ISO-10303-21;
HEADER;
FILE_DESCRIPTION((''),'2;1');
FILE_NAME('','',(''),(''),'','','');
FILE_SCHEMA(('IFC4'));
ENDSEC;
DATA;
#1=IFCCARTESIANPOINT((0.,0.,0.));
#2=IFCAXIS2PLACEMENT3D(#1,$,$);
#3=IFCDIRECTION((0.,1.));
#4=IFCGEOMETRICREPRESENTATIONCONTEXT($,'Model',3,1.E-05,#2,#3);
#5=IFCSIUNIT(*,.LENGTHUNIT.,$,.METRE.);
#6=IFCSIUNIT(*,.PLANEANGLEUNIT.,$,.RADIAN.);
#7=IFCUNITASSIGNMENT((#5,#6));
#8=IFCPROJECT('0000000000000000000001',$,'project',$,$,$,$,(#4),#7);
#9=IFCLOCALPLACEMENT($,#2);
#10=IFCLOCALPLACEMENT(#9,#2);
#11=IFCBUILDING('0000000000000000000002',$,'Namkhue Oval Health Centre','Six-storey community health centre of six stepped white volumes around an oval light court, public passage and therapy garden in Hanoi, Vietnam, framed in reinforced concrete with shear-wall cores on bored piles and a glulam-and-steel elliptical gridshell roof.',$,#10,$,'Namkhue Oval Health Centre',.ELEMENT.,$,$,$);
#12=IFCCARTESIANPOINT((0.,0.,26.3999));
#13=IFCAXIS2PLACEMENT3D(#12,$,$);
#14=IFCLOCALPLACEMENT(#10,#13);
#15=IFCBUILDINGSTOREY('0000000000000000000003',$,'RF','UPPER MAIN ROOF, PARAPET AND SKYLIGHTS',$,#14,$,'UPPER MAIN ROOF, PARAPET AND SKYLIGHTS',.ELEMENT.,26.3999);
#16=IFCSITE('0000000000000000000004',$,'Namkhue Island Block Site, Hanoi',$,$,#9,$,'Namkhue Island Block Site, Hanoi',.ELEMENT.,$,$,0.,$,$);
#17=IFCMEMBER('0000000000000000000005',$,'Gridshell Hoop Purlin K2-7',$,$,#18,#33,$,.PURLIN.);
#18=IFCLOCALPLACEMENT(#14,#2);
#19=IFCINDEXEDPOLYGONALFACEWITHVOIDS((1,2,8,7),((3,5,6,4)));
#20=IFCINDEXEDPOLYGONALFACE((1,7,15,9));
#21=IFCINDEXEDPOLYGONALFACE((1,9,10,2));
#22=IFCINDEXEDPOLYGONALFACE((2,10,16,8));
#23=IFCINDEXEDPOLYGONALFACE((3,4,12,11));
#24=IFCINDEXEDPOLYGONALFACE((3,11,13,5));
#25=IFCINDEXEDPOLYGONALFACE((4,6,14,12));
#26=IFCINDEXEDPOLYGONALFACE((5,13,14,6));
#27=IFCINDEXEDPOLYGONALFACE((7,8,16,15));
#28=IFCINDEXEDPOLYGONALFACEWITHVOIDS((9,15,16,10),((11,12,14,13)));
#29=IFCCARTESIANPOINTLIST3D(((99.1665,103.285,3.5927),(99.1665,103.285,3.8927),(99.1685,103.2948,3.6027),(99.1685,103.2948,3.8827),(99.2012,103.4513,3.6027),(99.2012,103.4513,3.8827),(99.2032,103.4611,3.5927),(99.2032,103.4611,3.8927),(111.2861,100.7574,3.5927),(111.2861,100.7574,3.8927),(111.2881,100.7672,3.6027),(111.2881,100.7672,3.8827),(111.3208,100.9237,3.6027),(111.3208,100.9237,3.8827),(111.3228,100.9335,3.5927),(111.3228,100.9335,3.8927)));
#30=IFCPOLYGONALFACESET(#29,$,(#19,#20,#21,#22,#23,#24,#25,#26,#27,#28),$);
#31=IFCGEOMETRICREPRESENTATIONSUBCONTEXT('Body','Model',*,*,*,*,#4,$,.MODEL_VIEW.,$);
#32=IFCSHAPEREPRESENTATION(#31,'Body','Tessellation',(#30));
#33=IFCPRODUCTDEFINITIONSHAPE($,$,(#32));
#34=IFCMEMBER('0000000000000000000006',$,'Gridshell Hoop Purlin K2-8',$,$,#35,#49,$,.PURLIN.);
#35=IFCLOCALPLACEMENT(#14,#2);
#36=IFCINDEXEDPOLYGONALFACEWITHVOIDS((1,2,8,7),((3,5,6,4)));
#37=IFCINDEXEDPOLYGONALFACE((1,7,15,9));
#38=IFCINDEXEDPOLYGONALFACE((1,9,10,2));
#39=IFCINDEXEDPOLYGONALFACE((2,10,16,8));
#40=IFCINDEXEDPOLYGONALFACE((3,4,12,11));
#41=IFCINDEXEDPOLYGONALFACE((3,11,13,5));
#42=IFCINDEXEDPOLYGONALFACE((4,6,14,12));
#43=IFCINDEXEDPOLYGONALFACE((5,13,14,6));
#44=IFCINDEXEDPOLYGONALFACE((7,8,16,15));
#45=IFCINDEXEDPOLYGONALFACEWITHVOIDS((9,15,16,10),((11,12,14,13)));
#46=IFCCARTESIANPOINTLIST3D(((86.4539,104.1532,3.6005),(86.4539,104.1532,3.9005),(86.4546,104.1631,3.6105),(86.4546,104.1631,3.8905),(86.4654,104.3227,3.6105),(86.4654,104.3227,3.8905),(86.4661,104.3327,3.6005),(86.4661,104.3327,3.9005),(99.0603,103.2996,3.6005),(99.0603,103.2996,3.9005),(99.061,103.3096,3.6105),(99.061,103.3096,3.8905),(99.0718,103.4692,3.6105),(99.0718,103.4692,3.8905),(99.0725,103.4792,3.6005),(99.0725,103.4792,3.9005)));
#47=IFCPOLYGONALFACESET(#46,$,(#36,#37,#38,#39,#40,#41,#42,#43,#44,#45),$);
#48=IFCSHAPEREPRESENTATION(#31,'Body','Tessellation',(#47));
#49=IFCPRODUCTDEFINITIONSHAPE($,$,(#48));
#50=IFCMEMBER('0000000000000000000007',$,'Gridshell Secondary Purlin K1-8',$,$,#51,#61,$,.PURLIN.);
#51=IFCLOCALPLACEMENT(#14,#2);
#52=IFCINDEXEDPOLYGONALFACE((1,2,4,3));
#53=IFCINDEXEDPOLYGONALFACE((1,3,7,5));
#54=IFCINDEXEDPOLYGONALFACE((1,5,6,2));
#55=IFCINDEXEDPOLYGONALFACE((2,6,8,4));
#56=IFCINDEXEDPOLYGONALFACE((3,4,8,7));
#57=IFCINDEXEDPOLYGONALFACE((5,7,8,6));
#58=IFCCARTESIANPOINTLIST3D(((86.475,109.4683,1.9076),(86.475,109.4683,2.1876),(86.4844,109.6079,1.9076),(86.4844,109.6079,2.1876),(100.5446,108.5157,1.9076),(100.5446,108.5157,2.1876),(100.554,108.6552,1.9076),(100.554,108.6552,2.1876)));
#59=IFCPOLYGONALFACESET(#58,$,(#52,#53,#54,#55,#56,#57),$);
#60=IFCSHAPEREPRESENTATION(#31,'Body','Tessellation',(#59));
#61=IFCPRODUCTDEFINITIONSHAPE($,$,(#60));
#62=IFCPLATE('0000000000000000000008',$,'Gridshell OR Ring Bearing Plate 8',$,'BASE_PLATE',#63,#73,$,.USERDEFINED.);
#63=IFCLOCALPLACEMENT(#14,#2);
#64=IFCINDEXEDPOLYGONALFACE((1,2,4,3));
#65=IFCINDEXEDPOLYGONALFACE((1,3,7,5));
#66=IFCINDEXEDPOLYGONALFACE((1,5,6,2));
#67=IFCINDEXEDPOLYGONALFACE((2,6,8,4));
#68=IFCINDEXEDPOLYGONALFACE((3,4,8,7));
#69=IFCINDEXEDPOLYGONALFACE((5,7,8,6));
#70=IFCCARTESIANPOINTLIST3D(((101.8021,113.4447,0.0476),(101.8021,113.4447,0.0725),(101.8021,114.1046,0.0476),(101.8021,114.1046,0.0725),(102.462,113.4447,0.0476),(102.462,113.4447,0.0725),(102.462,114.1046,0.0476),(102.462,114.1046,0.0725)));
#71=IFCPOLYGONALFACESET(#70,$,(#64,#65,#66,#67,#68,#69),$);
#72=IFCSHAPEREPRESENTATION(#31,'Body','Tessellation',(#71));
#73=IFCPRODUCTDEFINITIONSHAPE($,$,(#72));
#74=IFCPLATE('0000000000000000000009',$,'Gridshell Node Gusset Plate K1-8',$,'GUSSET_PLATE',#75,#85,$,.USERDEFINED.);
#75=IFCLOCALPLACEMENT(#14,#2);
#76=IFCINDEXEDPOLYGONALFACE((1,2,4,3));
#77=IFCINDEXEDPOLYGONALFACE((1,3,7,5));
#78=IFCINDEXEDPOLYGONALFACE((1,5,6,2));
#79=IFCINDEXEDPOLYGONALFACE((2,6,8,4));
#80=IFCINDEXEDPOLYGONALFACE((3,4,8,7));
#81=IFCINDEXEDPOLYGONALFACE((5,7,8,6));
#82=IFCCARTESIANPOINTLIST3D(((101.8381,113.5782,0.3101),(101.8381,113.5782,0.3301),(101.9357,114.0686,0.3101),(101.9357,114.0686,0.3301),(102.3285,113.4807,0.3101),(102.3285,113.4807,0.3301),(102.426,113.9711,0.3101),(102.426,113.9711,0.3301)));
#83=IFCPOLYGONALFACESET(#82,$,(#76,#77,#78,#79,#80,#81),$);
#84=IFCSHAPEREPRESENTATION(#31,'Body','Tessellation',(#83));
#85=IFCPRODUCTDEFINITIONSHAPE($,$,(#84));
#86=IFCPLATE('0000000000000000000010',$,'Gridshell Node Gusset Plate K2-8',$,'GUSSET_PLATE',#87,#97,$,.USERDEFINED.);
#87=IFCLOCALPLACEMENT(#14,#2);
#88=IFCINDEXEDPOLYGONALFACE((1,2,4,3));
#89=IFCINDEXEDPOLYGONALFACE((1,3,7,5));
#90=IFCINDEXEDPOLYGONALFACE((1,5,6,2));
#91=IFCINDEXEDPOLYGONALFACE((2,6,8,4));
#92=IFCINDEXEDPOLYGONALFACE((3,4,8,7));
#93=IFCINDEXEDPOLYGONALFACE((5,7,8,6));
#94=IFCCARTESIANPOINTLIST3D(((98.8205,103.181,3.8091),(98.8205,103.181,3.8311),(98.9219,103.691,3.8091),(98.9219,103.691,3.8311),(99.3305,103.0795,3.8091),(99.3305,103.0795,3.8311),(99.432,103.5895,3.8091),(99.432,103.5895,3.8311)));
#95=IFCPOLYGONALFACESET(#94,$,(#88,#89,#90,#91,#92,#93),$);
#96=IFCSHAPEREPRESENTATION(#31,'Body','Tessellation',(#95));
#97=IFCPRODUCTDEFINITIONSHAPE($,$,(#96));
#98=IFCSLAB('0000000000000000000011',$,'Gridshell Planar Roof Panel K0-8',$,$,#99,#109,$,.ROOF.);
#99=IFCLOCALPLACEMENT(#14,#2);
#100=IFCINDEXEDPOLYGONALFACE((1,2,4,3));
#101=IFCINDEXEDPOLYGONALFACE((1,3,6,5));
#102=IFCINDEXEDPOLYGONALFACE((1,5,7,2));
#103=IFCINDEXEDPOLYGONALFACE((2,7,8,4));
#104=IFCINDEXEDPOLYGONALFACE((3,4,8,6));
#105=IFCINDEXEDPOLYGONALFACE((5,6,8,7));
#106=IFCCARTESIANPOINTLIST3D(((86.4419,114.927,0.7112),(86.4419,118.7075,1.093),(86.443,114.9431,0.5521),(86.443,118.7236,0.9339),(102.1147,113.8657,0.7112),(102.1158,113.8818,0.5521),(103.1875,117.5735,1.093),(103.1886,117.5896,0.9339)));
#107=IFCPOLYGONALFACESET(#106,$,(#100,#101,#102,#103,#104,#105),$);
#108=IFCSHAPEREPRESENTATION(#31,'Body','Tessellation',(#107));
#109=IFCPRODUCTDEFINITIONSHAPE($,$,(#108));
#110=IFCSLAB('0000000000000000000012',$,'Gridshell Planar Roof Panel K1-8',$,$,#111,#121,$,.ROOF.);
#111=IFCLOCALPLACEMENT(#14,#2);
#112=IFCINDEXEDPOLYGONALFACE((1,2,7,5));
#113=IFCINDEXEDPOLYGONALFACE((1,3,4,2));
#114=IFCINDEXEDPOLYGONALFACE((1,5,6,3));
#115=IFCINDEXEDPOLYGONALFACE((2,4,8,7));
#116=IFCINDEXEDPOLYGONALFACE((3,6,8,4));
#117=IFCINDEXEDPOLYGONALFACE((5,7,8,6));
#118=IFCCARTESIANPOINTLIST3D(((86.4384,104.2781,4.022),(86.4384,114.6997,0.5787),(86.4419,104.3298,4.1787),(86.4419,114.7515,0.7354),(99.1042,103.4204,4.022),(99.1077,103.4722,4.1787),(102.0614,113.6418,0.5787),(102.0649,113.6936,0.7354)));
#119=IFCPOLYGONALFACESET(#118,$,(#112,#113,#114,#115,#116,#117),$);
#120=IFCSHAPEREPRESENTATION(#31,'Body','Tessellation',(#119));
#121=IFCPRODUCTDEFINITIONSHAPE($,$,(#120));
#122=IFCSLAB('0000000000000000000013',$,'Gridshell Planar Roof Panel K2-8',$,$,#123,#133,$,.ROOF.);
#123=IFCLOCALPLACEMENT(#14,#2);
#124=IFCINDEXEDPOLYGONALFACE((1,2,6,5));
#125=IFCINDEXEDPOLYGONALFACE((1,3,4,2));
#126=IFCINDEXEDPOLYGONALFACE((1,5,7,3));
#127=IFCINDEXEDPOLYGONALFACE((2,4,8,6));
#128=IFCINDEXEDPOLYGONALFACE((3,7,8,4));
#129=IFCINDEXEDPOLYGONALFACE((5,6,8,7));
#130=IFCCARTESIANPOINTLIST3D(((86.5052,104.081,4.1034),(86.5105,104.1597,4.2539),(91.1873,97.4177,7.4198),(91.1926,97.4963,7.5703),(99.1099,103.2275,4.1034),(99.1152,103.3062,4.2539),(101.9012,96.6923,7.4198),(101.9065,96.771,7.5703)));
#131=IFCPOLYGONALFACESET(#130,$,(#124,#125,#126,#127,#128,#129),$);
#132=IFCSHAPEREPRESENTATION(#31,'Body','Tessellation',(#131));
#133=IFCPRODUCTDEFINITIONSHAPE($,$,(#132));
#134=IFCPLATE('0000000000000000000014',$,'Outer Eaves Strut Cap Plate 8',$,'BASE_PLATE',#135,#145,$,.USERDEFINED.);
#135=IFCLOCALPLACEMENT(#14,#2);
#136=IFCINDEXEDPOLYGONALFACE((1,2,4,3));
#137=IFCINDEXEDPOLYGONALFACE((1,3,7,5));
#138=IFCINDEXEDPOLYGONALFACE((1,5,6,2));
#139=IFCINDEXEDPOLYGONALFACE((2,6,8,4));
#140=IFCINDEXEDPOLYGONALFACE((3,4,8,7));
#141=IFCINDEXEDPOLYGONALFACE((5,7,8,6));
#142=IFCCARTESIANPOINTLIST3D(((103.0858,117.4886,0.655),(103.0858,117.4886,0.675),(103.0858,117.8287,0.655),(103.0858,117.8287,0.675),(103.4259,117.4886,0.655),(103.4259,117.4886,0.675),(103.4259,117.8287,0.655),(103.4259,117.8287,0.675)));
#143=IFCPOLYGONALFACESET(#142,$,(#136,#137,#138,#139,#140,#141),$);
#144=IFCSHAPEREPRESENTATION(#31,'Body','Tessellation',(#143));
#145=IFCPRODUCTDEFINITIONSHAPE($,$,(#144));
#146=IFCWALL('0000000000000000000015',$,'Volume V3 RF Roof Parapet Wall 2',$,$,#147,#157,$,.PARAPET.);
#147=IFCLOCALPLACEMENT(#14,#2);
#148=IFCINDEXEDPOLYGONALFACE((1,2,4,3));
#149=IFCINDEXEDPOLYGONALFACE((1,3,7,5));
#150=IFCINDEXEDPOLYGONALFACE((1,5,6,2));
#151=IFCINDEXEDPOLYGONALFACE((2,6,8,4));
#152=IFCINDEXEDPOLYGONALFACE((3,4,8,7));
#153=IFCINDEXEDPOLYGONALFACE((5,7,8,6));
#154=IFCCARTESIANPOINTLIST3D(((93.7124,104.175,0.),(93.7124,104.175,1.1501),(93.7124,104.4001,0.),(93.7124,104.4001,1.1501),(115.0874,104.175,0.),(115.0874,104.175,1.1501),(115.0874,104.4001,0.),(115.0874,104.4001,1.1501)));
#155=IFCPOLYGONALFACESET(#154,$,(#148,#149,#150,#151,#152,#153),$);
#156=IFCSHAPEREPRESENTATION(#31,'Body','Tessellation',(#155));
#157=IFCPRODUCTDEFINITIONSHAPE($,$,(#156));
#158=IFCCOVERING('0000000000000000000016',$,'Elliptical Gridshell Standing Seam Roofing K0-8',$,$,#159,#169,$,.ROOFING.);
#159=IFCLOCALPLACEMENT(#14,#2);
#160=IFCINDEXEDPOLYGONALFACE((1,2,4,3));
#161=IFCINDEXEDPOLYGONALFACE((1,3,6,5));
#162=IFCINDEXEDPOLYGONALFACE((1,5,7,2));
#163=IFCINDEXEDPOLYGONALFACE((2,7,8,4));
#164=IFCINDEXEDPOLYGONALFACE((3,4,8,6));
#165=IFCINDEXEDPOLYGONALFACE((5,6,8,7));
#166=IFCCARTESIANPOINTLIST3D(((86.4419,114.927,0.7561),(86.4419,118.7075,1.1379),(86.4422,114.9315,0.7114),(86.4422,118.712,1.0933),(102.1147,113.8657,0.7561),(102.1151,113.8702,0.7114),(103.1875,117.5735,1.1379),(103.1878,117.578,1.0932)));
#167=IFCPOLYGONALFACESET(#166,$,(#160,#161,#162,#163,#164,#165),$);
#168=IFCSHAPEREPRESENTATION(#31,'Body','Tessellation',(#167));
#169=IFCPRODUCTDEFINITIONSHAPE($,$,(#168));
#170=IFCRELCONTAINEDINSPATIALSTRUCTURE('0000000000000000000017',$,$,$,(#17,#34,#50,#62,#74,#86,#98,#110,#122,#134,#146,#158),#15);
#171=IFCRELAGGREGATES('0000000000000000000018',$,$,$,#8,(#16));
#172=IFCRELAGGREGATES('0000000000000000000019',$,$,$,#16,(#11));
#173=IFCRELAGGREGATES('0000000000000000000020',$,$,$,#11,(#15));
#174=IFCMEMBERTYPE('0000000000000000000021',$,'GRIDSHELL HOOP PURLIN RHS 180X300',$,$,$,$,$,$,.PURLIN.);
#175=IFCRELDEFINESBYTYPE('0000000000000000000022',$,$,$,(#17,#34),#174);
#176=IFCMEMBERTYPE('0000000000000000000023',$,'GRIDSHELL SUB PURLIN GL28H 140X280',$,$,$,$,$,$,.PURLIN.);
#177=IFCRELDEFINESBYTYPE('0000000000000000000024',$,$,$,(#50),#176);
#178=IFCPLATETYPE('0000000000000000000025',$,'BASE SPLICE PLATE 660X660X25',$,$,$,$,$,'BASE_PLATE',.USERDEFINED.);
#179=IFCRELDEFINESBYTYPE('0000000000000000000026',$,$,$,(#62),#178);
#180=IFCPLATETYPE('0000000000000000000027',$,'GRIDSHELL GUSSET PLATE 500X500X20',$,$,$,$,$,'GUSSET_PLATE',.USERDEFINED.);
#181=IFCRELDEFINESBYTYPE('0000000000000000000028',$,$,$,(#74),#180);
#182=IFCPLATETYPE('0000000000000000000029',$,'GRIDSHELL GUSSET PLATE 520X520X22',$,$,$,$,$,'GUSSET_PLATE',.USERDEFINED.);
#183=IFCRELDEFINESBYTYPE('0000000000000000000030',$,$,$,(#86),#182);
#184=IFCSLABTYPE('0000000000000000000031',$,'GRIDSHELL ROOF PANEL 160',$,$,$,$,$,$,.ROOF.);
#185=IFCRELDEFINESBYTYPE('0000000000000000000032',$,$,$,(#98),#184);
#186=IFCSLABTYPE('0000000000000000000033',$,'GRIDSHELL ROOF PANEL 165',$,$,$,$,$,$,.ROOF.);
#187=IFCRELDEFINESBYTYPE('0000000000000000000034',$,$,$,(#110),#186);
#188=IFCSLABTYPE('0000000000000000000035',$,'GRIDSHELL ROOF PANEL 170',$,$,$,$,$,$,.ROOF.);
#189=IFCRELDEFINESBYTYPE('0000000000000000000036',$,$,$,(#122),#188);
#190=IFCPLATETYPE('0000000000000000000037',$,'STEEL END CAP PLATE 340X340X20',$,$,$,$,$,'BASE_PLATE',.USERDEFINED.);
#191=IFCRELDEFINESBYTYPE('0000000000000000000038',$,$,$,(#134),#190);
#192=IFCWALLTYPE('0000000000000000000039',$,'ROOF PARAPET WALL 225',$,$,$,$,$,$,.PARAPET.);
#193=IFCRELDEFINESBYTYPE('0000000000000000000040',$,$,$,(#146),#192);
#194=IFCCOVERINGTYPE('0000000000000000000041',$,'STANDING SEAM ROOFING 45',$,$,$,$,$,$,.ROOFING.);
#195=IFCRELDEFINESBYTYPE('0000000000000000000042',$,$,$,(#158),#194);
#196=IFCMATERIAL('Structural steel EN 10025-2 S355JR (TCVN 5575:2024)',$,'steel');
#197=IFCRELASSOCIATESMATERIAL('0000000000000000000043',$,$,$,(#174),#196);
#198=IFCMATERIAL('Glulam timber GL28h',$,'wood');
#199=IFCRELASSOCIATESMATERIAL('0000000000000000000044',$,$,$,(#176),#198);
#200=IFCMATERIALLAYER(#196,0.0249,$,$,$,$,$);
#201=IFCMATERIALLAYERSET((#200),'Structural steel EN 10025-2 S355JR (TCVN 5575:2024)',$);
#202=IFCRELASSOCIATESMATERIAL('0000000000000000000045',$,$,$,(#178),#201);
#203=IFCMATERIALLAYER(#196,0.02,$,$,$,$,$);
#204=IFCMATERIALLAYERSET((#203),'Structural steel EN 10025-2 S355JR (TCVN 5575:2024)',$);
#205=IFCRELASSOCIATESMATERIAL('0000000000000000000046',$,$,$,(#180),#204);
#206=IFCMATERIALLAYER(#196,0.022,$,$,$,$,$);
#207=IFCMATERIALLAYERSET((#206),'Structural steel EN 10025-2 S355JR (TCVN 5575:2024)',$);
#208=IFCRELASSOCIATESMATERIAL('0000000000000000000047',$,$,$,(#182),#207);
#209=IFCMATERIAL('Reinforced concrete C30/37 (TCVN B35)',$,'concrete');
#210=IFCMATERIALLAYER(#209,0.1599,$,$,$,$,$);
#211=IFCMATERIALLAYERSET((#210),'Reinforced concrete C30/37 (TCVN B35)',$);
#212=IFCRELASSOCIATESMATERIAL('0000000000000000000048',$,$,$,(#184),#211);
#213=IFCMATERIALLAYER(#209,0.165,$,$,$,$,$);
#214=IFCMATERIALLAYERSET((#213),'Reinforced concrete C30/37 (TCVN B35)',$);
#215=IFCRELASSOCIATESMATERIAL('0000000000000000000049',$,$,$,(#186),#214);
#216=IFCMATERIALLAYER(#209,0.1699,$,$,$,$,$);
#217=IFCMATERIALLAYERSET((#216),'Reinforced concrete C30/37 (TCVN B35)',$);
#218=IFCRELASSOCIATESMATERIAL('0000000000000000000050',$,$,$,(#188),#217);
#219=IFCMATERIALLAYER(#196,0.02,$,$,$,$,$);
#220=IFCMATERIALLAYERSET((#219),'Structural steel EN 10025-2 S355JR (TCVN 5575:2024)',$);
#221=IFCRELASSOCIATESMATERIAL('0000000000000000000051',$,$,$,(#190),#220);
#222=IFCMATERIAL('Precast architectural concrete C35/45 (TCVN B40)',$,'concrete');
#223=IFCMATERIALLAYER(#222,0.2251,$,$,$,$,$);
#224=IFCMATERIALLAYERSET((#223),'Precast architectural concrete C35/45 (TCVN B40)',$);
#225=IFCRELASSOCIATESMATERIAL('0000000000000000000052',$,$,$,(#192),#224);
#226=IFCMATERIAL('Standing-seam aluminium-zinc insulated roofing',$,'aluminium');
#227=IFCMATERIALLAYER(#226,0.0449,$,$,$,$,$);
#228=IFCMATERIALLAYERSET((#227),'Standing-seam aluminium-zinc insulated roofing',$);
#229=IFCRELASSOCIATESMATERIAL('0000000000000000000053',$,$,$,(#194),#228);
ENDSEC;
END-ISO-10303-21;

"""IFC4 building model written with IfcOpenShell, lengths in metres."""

from ifc_helpers import new_model, si_unit, direction, frame, frame_2d, origin, origin_2d, place, context, subcontext, project, spatial, polyline, rectangle, hollow_rectangle, outline, extrude, material, layer, layer_set, material_profile, profile_set, type_object, element, save


model = new_model("IFC4")

# Units and contexts
model_context = context("Model", 3, precision=1e-05, world=origin(), true_north=direction((0.0, 1.0)))
body_context = subcontext(model_context, "Body", "Model", "MODEL_VIEW")
ifc_project = project(units=[si_unit("LENGTHUNIT", "METRE"), si_unit("PLANEANGLEUNIT", "RADIAN")], contexts=[model_context])

# Site, building, storey
site_placement = place(None, origin())
site = spatial("IfcSite", under=ifc_project, at=site_placement, Name="Namkhue Island Block Site, Hanoi", LongName="Namkhue Island Block Site, Hanoi", CompositionType="ELEMENT", RefElevation=0.0)
building_placement = place(site_placement, origin())
building = spatial("IfcBuilding", under=site, at=building_placement, Name="Namkhue Oval Health Centre", Description="Six-storey community health centre of six stepped white volumes around an oval light court, public passage and therapy garden in Hanoi, Vietnam, framed in reinforced concrete with shear-wall cores on bored piles and a glulam-and-steel elliptical gridshell roof.", LongName="Namkhue Oval Health Centre", CompositionType="ELEMENT")
storey_placement = place(building_placement, frame((0.0, 0.0, 26.3999)))
storey = spatial("IfcBuildingStorey", under=building, at=storey_placement, Name="RF", Description="UPPER MAIN ROOF, PARAPET AND SKYLIGHTS", LongName="UPPER MAIN ROOF, PARAPET AND SKYLIGHTS", CompositionType="ELEMENT", Elevation=26.3999)

# Shared definitions
ifc_material_1 = material(Name="Precast architectural concrete C35/45 (TCVN B40)", Category="concrete")

# Members
ifc_material_2 = material(Name="Structural steel EN 10025-2 S355JR (TCVN 5575:2024)", Category="steel")
ifc_material_3 = material(Name="Glulam timber GL28h", Category="wood")
ifc_material_profile_1 = material_profile(ifc_material_2, hollow_rectangle(XDim=0.1799, YDim=0.3, WallThickness=0.01, at=origin_2d()), Name="RHS 180x300x10")
ifc_profile_set_1 = profile_set([ifc_material_profile_1], Name="Structural steel EN 10025-2 S355JR (TCVN 5575:2024)")
member_type_1 = type_object("IfcMemberType", Name="GRIDSHELL HOOP PURLIN RHS 180X300", PredefinedType="PURLIN", material=ifc_profile_set_1)
member_1_placement = place(storey_placement, frame((111.3044, 100.8455, 3.7427), z_axis=(-0.978937, 0.204161, 0.0), x_axis=(-0.204161, -0.978937, 0.0)))
element("IfcMember", 1, at=member_1_placement, inside=storey, type_object=member_type_1, Name="Gridshell Hoop Purlin K2-7", PredefinedType="PURLIN", context=body_context, shape_type="SweptSolid", body=[
    extrude(hollow_rectangle(XDim=0.1799, YDim=0.3, WallThickness=0.01, at=origin_2d()), origin(), (0.0, 0.0, 1.0), 12.3804),
])
member_2_placement = place(storey_placement, frame((99.0664, 103.3894, 3.7505), z_axis=(-0.997716, 0.06755, 0.0), x_axis=(-0.06755, -0.997716, 0.0)))
element("IfcMember", 2, at=member_2_placement, inside=storey, type_object=member_type_1, Name="Gridshell Hoop Purlin K2-8", PredefinedType="PURLIN", context=body_context, shape_type="SweptSolid", body=[
    extrude(hollow_rectangle(XDim=0.1799, YDim=0.3, WallThickness=0.01, at=origin_2d()), origin(), (0.0, 0.0, 1.0), 12.6353),
])
ifc_material_profile_2 = material_profile(ifc_material_3, rectangle(XDim=0.1399, YDim=0.28, at=origin_2d()), Name="GL28h 140x280")
ifc_profile_set_2 = profile_set([ifc_material_profile_2], Name="Glulam timber GL28h")
member_type_2 = type_object("IfcMemberType", Name="GRIDSHELL SUB PURLIN GL28H 140X280", PredefinedType="PURLIN", material=ifc_profile_set_2)
member_3_placement = place(storey_placement, frame((100.5493, 108.5854, 2.0476), z_axis=(-0.997716, 0.067554, 0.0), x_axis=(-0.067554, -0.997716, 0.0)))
element("IfcMember", 3, at=member_3_placement, inside=storey, type_object=member_type_2, Name="Gridshell Secondary Purlin K1-8", PredefinedType="PURLIN", context=body_context, shape_type="SweptSolid", body=[
    extrude(rectangle(XDim=0.1399, YDim=0.28, at=origin_2d()), origin(), (0.0, 0.0, 1.0), 14.1018),
])

# Plates
ifc_layer_1 = layer(ifc_material_2, 0.0249)
ifc_layer_set_1 = layer_set([ifc_layer_1], Name="Structural steel EN 10025-2 S355JR (TCVN 5575:2024)")
plate_type_1 = type_object("IfcPlateType", Name="BASE SPLICE PLATE 660X660X25", ElementType="BASE_PLATE", PredefinedType="USERDEFINED", material=ifc_layer_set_1)
plate_1_placement = place(storey_placement, frame((102.1321, 113.7747, 0.0476), z_axis=(0.0, 0.0, 1.0), x_axis=(1.0, 0.0, 0.0)))
element("IfcPlate", 4, at=plate_1_placement, inside=storey, type_object=plate_type_1, Name="Gridshell OR Ring Bearing Plate 8", ObjectType="BASE_PLATE", PredefinedType="USERDEFINED", context=body_context, shape_type="SweptSolid", body=[
    extrude(rectangle(XDim=0.6599, YDim=0.6599, at=origin_2d()), origin(), (0.0, 0.0, 1.0), 0.0249),
])
ifc_layer_2 = layer(ifc_material_2, 0.02)
ifc_layer_set_2 = layer_set([ifc_layer_2], Name="Structural steel EN 10025-2 S355JR (TCVN 5575:2024)")
plate_type_2 = type_object("IfcPlateType", Name="GRIDSHELL GUSSET PLATE 500X500X20", ElementType="GUSSET_PLATE", PredefinedType="USERDEFINED", material=ifc_layer_set_2)
plate_2_placement = place(storey_placement, frame((102.1321, 113.7747, 0.3101), z_axis=(0.0, 0.0, 1.0), x_axis=(0.19509, 0.980785, 0.0)))
element("IfcPlate", 5, at=plate_2_placement, inside=storey, type_object=plate_type_2, Name="Gridshell Node Gusset Plate K1-8", ObjectType="GUSSET_PLATE", PredefinedType="USERDEFINED", context=body_context, shape_type="SweptSolid", body=[
    extrude(rectangle(XDim=0.5, YDim=0.5, at=origin_2d()), origin(), (0.0, 0.0, 1.0), 0.02),
])
ifc_layer_3 = layer(ifc_material_2, 0.022)
ifc_layer_set_3 = layer_set([ifc_layer_3], Name="Structural steel EN 10025-2 S355JR (TCVN 5575:2024)")
plate_type_3 = type_object("IfcPlateType", Name="GRIDSHELL GUSSET PLATE 520X520X22", ElementType="GUSSET_PLATE", PredefinedType="USERDEFINED", material=ifc_layer_set_3)
plate_3_placement = place(storey_placement, frame((99.1262, 103.3853, 3.8091), z_axis=(0.0, 0.0, 1.0), x_axis=(0.19509, 0.980785, 0.0)))
element("IfcPlate", 6, at=plate_3_placement, inside=storey, type_object=plate_type_3, Name="Gridshell Node Gusset Plate K2-8", ObjectType="GUSSET_PLATE", PredefinedType="USERDEFINED", context=body_context, shape_type="SweptSolid", body=[
    extrude(rectangle(XDim=0.52, YDim=0.52, at=origin_2d()), origin(), (0.0, 0.0, 1.0), 0.022),
])

# Slabs
ifc_material_4 = material(Name="Reinforced concrete C30/37 (TCVN B35)", Category="concrete")
ifc_layer_4 = layer(ifc_material_4, 0.1599)
ifc_layer_set_4 = layer_set([ifc_layer_4], Name="Reinforced concrete C30/37 (TCVN B35)")
slab_type_1 = type_object("IfcSlabType", Name="GRIDSHELL ROOF PANEL 160", PredefinedType="ROOF", material=ifc_layer_set_4)
slab_1_placement = place(storey_placement, frame((103.1875, 117.5735, 1.093), z_axis=(-0.006805, -0.100489, 0.994915), x_axis=(-0.997715, 0.067566, 0.0)))
element("IfcSlab", 7, at=slab_1_placement, inside=storey, type_object=slab_type_1, Name="Gridshell Planar Roof Panel K0-8", PredefinedType="ROOF", context=body_context, shape_type="SweptSolid", body=[
    extrude(outline(polyline([(0.0, 0.0), (16.784, 0.0), (16.5285, 3.7912), (0.8198, 3.7911), (0.0, 0.0)])), origin(), (0.0, 0.0, -1.0), 0.1599),
])
ifc_layer_5 = layer(ifc_material_4, 0.165)
ifc_layer_set_5 = layer_set([ifc_layer_5], Name="Reinforced concrete C30/37 (TCVN B35)")
slab_type_2 = type_object("IfcSlabType", Name="GRIDSHELL ROOF PANEL 165", PredefinedType="ROOF", material=ifc_layer_set_5)
slab_2_placement = place(storey_placement, frame((102.0649, 113.6936, 0.7354), z_axis=(0.021238, 0.313653, 0.9493), x_axis=(-0.997715, 0.067557, 0.0)))
element("IfcSlab", 8, at=slab_2_placement, inside=storey, type_object=slab_type_2, Name="Gridshell Planar Roof Panel K1-8", PredefinedType="ROOF", context=body_context, shape_type="SweptSolid", body=[
    extrude(outline(polyline([(0.0, 0.0), (15.6588, 0.0), (14.9548, 10.9531), (2.26, 10.9532), (0.0, 0.0)])), origin(), (0.0, 0.0, -1.0), 0.165),
])
ifc_layer_6 = layer(ifc_material_4, 0.1699)
ifc_layer_set_6 = layer_set([ifc_layer_6], Name="Reinforced concrete C30/37 (TCVN B35)")
slab_type_3 = type_object("IfcSlabType", Name="GRIDSHELL ROOF PANEL 170", PredefinedType="ROOF", material=ifc_layer_set_6)
slab_3_placement = place(storey_placement, frame((99.1152, 103.3062, 4.2539), z_axis=(0.031344, 0.462923, 0.885844), x_axis=(-0.997715, 0.067558, -0.000002)))
element("IfcSlab", 9, at=slab_3_placement, inside=storey, type_object=slab_type_3, Name="Gridshell Planar Roof Panel K2-8", PredefinedType="ROOF", context=body_context, shape_type="SweptSolid", body=[
    extrude(outline(polyline([(0.0, 0.0), (12.6336, 0.0), (7.512, 7.1477), (-3.2264, 7.1476), (0.0, 0.0)])), origin(), (0.0, 0.0, -1.0), 0.1699),
])

# Plate
ifc_layer_7 = layer(ifc_material_2, 0.02)
ifc_layer_set_7 = layer_set([ifc_layer_7], Name="Structural steel EN 10025-2 S355JR (TCVN 5575:2024)")
plate_type_4 = type_object("IfcPlateType", Name="STEEL END CAP PLATE 340X340X20", ElementType="BASE_PLATE", PredefinedType="USERDEFINED", material=ifc_layer_set_7)
plate_4_placement = place(storey_placement, frame((103.2559, 117.6587, 0.655), z_axis=(0.0, 0.0, 1.0), x_axis=(1.0, 0.0, 0.0)))
element("IfcPlate", 10, at=plate_4_placement, inside=storey, type_object=plate_type_4, Name="Outer Eaves Strut Cap Plate 8", ObjectType="BASE_PLATE", PredefinedType="USERDEFINED", context=body_context, shape_type="SweptSolid", body=[
    extrude(rectangle(XDim=0.3401, YDim=0.3401, at=origin_2d()), origin(), (0.0, 0.0, 1.0), 0.02),
])

# Wall
ifc_layer_8 = layer(ifc_material_1, 0.2251)
ifc_layer_set_8 = layer_set([ifc_layer_8], Name="Precast architectural concrete C35/45 (TCVN B40)")
wall_type = type_object("IfcWallType", Name="ROOF PARAPET WALL 225", PredefinedType="PARAPET", material=ifc_layer_set_8)
wall_placement = place(storey_placement, frame((93.7124, 104.2876, 0.0), z_axis=(0.0, 0.0, 1.0), x_axis=(1.0, 0.0, 0.0)))
element("IfcWall", 11, at=wall_placement, inside=storey, type_object=wall_type, Name="Volume V3 RF Roof Parapet Wall 2", PredefinedType="PARAPET", context=body_context, shape_type="SweptSolid", body=[
    extrude(rectangle(XDim=21.375, YDim=0.2251, at=frame_2d((10.6875, 0.0))), origin(), (0.0, 0.0, 1.0), 1.1501),
])

# Covering
ifc_material_5 = material(Name="Standing-seam aluminium-zinc insulated roofing", Category="aluminium")
ifc_layer_9 = layer(ifc_material_5, 0.0449)
ifc_layer_set_9 = layer_set([ifc_layer_9], Name="Standing-seam aluminium-zinc insulated roofing")
covering_type_1 = type_object("IfcCoveringType", Name="STANDING SEAM ROOFING 45", PredefinedType="ROOFING", material=ifc_layer_set_9)
covering_1_placement = place(storey_placement, frame((103.1875, 117.5735, 1.1379), z_axis=(-0.006805, -0.100489, 0.994915), x_axis=(-0.997715, 0.067566, 0.0)))
element("IfcCovering", 12, at=covering_1_placement, inside=storey, type_object=covering_type_1, Name="Elliptical Gridshell Standing Seam Roofing K0-8", PredefinedType="ROOFING", context=body_context, shape_type="SweptSolid", body=[
    extrude(outline(polyline([(0.0, 0.0), (16.784, 0.0), (16.5285, 3.7912), (0.8198, 3.7911), (0.0, 0.0)])), origin(), (0.0, 0.0, -1.0), 0.0449),
])

save(model, "model.ifc")
